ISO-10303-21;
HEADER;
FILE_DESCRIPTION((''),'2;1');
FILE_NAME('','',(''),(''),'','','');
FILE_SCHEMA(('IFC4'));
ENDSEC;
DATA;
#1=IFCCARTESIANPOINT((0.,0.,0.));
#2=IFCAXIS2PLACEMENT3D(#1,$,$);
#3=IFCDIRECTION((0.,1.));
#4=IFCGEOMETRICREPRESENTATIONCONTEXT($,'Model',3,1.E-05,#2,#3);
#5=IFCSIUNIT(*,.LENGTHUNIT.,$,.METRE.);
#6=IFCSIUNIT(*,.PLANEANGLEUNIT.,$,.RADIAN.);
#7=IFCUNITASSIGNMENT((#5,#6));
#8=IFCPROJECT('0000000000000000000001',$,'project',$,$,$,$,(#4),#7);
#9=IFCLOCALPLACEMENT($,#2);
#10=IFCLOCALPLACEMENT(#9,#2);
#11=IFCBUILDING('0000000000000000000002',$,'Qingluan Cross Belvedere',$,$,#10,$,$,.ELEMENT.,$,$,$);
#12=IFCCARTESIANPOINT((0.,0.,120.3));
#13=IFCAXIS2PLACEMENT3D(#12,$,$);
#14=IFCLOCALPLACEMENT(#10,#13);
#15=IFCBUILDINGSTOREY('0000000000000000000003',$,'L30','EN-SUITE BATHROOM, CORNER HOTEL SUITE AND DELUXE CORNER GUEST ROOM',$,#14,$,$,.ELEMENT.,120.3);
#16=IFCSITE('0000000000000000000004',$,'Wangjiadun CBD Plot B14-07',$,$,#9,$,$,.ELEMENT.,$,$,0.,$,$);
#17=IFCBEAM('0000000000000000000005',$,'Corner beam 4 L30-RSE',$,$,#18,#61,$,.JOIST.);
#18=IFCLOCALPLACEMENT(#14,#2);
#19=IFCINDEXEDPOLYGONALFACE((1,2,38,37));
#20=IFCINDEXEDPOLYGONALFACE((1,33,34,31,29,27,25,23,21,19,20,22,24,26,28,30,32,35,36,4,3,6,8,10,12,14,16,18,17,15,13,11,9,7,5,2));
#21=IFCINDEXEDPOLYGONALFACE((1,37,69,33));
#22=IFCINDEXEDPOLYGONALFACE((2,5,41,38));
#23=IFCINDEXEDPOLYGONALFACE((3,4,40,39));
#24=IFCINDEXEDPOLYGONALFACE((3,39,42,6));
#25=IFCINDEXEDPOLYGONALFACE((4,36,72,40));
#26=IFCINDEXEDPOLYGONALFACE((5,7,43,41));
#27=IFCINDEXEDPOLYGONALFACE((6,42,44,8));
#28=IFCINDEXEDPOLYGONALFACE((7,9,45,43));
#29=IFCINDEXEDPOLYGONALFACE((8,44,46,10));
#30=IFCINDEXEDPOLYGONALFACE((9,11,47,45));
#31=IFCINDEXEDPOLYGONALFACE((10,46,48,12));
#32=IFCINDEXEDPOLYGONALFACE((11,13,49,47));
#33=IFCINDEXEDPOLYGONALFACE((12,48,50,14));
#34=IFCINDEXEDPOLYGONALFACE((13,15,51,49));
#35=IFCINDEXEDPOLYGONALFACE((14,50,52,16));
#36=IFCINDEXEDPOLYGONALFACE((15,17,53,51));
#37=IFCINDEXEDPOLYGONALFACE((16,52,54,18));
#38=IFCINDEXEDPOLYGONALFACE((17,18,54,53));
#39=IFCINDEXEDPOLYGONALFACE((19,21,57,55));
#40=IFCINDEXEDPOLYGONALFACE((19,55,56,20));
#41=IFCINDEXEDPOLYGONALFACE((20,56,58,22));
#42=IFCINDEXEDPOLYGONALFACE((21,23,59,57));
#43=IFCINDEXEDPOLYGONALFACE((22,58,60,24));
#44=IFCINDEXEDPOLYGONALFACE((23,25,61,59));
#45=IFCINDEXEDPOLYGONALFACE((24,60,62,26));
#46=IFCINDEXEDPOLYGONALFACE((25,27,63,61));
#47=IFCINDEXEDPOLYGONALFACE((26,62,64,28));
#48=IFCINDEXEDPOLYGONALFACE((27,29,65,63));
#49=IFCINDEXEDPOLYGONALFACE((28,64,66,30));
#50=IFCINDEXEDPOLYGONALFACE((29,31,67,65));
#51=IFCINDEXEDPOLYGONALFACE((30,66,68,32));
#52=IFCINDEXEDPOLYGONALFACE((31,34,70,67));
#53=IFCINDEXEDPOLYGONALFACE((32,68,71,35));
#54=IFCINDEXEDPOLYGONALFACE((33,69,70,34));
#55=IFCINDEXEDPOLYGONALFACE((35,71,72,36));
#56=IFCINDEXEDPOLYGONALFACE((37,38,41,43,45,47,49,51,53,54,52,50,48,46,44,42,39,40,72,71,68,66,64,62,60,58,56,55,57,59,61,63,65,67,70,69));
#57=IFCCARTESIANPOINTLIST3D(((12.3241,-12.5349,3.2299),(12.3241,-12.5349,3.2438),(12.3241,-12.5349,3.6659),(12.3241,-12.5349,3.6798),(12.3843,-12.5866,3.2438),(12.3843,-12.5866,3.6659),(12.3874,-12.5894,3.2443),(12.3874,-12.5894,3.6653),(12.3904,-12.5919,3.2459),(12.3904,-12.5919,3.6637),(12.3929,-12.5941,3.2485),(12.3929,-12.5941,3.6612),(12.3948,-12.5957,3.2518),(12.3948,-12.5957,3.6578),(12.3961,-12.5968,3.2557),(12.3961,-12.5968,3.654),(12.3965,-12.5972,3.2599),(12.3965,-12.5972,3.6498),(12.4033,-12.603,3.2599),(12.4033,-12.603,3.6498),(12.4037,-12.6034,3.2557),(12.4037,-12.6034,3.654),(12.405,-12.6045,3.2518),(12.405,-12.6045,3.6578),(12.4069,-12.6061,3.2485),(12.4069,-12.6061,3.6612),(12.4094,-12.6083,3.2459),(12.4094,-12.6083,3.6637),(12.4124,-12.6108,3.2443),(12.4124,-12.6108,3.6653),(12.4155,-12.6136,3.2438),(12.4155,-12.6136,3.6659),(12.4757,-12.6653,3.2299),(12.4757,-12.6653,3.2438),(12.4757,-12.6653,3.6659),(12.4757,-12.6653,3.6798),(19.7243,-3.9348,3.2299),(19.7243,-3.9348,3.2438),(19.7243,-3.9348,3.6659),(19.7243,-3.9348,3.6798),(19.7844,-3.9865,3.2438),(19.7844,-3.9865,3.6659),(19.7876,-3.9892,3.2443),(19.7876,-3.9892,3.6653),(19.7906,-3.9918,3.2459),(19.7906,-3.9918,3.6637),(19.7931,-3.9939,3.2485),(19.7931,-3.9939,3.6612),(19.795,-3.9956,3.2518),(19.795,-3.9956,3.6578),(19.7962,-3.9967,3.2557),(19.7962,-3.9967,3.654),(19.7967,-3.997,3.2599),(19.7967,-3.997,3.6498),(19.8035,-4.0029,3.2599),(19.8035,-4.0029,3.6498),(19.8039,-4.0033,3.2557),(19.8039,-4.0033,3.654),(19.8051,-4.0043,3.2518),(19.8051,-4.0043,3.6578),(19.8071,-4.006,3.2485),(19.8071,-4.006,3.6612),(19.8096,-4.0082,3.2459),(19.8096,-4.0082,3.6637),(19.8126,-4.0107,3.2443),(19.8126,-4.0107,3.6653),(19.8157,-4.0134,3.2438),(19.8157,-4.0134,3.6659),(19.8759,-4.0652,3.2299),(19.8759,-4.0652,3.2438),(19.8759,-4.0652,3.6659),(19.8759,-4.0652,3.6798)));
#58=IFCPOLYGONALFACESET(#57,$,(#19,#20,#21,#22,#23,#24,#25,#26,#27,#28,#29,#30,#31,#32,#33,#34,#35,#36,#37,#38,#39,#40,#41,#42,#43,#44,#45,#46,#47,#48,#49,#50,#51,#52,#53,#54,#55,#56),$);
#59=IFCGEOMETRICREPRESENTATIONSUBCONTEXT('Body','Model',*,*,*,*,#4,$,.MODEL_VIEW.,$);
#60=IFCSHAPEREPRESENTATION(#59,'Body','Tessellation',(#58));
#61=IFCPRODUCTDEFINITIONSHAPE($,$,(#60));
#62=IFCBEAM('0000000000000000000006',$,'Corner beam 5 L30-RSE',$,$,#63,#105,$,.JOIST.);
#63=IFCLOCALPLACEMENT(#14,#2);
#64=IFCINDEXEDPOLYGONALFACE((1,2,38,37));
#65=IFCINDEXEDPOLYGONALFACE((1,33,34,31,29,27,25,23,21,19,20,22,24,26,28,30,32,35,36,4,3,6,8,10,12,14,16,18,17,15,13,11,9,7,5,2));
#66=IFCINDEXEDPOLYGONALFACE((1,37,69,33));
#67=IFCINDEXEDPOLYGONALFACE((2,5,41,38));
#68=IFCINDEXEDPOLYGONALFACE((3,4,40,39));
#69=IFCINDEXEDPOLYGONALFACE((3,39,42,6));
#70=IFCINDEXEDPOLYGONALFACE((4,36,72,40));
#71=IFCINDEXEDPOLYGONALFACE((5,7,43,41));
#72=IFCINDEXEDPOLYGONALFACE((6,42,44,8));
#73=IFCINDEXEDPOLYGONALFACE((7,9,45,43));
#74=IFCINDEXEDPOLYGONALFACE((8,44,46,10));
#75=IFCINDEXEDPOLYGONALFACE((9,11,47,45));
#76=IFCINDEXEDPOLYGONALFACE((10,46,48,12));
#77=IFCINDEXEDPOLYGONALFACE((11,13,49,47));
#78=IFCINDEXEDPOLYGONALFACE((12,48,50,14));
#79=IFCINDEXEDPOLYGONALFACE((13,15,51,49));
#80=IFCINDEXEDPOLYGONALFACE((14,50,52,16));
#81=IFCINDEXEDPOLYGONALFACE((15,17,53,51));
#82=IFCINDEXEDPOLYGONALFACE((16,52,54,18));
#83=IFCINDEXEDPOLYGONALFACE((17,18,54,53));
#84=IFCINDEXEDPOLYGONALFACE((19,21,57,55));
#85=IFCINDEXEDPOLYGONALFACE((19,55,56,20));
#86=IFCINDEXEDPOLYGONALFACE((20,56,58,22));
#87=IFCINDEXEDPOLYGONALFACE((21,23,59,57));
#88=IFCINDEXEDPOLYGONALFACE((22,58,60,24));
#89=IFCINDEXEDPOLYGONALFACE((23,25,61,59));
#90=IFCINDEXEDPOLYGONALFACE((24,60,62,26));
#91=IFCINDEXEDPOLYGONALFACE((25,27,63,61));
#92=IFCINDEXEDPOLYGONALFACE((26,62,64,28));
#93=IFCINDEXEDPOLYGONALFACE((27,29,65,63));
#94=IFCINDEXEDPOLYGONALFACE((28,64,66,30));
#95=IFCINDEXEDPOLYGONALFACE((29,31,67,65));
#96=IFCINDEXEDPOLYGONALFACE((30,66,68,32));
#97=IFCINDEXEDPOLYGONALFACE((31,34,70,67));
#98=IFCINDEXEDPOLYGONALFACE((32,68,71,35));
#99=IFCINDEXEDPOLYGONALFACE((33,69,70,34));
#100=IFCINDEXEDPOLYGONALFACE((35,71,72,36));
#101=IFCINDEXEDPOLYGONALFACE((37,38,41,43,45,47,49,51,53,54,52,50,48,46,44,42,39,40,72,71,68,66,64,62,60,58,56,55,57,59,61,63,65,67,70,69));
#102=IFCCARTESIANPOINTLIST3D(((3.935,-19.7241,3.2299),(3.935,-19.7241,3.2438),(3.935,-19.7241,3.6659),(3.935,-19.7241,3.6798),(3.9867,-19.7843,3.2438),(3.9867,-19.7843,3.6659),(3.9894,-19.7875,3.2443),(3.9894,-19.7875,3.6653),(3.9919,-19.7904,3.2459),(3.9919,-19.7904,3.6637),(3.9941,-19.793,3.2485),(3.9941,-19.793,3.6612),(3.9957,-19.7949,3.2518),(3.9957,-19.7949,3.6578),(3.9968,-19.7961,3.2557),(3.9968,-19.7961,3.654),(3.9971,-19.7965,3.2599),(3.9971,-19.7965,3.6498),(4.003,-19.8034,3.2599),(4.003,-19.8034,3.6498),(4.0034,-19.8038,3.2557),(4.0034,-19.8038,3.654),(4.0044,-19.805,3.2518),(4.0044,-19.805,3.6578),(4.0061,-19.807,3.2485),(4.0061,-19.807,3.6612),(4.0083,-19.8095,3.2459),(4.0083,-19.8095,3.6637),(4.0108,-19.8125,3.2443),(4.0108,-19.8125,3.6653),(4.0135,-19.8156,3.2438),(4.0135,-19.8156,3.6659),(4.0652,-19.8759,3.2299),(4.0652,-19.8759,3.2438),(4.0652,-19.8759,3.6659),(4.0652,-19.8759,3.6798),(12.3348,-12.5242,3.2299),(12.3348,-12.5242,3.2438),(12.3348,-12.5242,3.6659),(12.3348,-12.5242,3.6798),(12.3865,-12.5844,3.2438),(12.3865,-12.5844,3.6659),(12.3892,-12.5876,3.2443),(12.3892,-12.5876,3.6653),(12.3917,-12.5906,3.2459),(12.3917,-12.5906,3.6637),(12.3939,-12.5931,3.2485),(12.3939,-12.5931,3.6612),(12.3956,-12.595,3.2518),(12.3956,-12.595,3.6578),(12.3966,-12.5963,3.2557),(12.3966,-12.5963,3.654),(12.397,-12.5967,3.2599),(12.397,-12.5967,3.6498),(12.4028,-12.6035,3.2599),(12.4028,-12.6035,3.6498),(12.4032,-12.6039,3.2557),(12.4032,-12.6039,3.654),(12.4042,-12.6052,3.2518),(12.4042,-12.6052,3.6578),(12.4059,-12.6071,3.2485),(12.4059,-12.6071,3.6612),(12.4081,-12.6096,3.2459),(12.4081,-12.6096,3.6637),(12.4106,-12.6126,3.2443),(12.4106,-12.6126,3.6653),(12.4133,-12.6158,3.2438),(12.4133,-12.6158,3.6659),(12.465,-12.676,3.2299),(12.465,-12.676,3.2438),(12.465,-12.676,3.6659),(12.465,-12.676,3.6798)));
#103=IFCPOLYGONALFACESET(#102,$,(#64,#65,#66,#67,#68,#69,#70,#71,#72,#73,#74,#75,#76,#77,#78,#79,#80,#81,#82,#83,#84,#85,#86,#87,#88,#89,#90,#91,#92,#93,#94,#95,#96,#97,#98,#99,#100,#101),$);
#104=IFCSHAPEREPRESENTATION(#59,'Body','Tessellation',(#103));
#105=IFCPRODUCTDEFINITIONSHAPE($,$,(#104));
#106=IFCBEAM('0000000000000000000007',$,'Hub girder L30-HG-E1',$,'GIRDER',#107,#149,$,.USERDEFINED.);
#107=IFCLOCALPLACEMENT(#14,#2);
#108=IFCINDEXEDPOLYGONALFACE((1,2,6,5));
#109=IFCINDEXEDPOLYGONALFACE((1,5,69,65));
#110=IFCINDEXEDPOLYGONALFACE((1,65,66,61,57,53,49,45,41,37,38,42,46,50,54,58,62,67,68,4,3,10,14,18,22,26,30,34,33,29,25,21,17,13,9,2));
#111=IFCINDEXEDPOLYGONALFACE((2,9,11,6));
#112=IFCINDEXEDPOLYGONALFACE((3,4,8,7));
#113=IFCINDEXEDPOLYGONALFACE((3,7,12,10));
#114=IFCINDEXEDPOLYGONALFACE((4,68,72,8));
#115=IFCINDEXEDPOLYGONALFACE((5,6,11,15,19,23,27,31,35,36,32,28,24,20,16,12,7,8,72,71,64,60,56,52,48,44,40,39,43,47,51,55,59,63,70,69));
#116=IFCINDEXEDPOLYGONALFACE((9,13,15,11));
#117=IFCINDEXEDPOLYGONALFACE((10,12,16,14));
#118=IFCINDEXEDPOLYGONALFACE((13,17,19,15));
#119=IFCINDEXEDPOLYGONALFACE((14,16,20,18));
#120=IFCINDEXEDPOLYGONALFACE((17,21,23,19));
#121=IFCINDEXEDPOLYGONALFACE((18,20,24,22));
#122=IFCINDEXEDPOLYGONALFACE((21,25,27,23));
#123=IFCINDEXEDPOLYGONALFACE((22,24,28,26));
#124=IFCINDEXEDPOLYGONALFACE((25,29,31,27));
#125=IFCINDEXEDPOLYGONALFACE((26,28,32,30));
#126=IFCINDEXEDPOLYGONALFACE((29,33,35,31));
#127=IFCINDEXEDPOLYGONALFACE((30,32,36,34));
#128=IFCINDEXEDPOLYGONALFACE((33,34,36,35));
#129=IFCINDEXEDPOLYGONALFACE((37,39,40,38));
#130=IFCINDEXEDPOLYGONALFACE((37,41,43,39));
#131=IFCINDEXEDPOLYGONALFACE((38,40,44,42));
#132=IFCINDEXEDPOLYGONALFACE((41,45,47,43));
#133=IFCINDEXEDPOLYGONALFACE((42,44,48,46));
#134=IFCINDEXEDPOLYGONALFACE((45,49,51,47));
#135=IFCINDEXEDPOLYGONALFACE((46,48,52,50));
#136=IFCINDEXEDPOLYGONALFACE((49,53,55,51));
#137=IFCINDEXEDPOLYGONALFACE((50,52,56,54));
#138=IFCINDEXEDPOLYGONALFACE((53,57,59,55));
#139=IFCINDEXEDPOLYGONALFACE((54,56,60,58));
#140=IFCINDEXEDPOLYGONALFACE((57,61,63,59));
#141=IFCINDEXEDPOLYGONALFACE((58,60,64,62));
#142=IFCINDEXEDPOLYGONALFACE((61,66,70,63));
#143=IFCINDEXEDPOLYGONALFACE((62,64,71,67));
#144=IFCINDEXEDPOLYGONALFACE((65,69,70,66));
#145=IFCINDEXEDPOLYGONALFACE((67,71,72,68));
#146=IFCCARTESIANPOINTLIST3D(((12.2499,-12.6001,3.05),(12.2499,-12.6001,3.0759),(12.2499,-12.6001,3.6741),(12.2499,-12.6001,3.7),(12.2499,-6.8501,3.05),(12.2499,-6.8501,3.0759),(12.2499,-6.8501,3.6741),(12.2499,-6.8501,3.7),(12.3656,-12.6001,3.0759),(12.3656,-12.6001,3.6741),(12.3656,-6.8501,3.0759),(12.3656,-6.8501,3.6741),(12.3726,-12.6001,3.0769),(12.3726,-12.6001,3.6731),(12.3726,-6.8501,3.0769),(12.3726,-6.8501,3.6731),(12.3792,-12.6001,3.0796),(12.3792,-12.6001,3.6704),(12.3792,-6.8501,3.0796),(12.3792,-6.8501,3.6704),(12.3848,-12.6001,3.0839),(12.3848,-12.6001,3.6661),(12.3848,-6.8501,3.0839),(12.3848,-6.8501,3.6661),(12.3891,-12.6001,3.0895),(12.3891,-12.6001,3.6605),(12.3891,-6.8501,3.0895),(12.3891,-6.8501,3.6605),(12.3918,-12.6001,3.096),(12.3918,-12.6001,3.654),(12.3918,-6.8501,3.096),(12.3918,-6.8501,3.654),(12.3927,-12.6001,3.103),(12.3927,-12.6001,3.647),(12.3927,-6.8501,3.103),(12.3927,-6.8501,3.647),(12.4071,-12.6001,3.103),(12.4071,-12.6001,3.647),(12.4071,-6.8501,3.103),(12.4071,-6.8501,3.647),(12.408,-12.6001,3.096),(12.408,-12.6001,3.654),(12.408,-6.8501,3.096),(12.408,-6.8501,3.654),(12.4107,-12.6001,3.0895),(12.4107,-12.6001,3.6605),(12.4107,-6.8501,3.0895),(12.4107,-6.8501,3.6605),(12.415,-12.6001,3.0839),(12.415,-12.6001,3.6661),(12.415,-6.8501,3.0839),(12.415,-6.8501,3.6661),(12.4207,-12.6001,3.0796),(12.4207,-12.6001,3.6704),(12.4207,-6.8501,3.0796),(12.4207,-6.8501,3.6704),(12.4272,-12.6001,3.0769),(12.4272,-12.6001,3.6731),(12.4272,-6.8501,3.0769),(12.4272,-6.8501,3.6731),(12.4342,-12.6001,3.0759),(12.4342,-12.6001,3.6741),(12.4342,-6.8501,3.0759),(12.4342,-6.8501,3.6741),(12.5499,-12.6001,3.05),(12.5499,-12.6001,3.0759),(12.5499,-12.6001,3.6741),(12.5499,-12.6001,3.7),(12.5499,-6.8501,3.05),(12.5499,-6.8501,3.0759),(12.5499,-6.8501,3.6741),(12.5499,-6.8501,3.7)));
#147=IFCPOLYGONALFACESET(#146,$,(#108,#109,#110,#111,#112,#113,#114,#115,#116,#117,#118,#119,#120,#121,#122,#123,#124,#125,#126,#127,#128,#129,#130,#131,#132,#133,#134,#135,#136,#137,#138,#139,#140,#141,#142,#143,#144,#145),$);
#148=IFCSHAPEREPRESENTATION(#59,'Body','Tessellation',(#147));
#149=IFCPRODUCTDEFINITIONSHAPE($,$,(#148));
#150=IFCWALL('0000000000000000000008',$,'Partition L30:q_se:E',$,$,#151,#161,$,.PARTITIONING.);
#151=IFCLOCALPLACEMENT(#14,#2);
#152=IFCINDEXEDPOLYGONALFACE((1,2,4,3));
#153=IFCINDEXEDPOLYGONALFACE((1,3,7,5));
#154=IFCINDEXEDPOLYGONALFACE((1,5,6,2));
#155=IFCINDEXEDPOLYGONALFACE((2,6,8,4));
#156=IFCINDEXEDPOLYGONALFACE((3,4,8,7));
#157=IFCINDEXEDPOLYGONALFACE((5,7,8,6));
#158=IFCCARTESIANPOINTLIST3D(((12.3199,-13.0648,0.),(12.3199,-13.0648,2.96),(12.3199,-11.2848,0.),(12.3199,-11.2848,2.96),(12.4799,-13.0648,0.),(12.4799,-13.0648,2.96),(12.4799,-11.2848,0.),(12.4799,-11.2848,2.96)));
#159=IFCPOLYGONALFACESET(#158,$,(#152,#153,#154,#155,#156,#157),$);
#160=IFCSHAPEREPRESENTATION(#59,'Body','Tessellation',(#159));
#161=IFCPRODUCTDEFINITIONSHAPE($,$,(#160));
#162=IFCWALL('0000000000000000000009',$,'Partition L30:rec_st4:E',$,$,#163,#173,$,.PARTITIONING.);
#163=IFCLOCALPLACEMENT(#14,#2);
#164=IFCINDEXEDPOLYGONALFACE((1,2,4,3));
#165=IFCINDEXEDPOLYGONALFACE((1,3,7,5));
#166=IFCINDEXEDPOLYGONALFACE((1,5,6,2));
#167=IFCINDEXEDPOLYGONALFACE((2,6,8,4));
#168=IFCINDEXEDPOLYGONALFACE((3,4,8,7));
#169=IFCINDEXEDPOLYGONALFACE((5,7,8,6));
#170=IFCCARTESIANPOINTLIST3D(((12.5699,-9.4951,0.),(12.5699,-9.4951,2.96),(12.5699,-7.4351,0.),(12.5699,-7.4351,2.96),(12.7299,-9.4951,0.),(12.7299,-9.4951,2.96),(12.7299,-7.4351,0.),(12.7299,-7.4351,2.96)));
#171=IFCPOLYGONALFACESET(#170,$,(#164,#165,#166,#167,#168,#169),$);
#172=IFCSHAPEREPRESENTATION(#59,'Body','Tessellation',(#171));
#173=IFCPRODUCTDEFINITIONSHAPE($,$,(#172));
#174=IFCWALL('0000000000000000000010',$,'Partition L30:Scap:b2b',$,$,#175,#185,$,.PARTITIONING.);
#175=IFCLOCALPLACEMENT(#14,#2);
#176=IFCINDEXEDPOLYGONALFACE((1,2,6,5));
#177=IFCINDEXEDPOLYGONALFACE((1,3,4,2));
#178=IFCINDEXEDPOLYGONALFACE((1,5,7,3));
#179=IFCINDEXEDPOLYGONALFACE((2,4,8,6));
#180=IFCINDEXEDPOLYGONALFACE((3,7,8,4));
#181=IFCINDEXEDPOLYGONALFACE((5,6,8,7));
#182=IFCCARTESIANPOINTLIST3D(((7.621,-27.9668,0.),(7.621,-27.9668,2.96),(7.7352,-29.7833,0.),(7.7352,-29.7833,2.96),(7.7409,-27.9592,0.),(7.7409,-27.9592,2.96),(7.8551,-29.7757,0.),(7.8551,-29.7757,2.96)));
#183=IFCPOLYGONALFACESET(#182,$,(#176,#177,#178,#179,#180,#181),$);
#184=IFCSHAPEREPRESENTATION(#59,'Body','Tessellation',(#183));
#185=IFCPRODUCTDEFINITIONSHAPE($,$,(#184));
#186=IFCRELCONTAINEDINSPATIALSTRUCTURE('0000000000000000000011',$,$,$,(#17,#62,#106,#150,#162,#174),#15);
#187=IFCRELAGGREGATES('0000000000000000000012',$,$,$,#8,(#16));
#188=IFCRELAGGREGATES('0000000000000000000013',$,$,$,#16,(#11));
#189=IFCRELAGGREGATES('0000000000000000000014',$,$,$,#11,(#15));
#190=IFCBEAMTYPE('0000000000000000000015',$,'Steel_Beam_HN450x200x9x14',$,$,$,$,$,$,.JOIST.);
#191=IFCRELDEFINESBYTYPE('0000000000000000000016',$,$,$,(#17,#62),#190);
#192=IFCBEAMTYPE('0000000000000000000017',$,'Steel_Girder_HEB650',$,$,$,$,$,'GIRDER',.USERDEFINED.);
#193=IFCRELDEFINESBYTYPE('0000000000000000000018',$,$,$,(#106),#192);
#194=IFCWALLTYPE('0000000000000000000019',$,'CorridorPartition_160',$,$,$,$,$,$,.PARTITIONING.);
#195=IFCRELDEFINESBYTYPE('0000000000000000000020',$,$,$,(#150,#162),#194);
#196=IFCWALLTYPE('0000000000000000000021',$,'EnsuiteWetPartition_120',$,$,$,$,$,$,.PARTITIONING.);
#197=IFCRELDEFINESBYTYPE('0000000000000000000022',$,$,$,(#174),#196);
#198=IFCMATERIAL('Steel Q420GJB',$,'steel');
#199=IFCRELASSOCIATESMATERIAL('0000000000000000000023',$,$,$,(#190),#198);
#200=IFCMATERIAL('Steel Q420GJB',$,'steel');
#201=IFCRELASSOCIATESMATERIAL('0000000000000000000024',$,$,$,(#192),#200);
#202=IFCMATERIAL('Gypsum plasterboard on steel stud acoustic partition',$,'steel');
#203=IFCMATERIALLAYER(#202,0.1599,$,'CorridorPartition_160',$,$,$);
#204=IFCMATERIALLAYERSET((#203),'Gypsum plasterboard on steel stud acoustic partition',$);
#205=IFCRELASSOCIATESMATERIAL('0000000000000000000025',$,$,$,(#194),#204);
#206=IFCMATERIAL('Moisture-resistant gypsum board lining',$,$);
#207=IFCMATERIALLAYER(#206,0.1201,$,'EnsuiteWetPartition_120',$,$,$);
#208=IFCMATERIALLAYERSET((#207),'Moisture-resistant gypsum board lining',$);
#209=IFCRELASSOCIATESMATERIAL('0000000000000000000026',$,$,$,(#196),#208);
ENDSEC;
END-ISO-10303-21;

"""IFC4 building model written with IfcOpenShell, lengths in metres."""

from ifc_helpers import new_model, si_unit, direction, frame, frame_2d, origin, origin_2d, place, context, subcontext, project, spatial, rectangle, i_section, extrude, material, layer, layer_set, material_profile, profile_set, type_object, element, save


model = new_model("IFC4")

# Units and contexts
model_context = context("Model", 3, precision=1e-05, world=origin(), true_north=direction((0.0, 1.0)))
body_context = subcontext(model_context, "Body", "Model", "MODEL_VIEW")
ifc_project = project(units=[si_unit("LENGTHUNIT", "METRE"), si_unit("PLANEANGLEUNIT", "RADIAN")], contexts=[model_context])

# Site, building, storey
site_placement = place(None, origin())
site = spatial("IfcSite", under=ifc_project, at=site_placement, Name="Wangjiadun CBD Plot B14-07", CompositionType="ELEMENT", RefElevation=0.0)
building_placement = place(site_placement, origin())
building = spatial("IfcBuilding", under=site, at=building_placement, Name="Qingluan Cross Belvedere", CompositionType="ELEMENT")
storey_placement = place(building_placement, frame((0.0, 0.0, 120.3)))
storey = spatial("IfcBuildingStorey", under=building, at=storey_placement, Name="L30", Description="EN-SUITE BATHROOM, CORNER HOTEL SUITE AND DELUXE CORNER GUEST ROOM", CompositionType="ELEMENT", Elevation=120.3)

# Beams
ifc_material_1 = material(Name="Steel Q420GJB", Category="steel")
ifc_material_profile_1 = material_profile(ifc_material_1, i_section(OverallWidth=0.2, OverallDepth=0.45, WebThickness=0.009, FlangeThickness=0.0139, FilletRadius=0.0161, at=origin_2d()), Name="HN450x200x9x14")
ifc_profile_set_1 = profile_set([ifc_material_profile_1], Name="Steel Q420GJB")
beam_type_1 = type_object("IfcBeamType", Name="Steel_Beam_HN450x200x9x14", PredefinedType="JOIST", material=ifc_profile_set_1)
beam_1_placement = place(storey_placement, frame((12.3999, -12.6001, 3.4548), z_axis=(0.652245, 0.758008, 0.0), x_axis=(-0.758008, 0.652245, 0.0)))
element("IfcBeam", 1, at=beam_1_placement, inside=storey, type_object=beam_type_1, Name="Corner beam 4 L30-RSE", PredefinedType="JOIST", context=body_context, shape_type="SweptSolid", body=[
    extrude(i_section(OverallWidth=0.2, OverallDepth=0.45, WebThickness=0.009, FlangeThickness=0.0139, FilletRadius=0.0161, at=origin_2d()), origin(), (0.0, 0.0, 1.0), 11.3457),
])
beam_2_placement = place(storey_placement, frame((12.3999, -12.6001, 3.4548), z_axis=(-0.759255, -0.650793, 0.0), x_axis=(0.650793, -0.759255, 0.0)))
element("IfcBeam", 2, at=beam_2_placement, inside=storey, type_object=beam_type_1, Name="Corner beam 5 L30-RSE", PredefinedType="JOIST", context=body_context, shape_type="SweptSolid", body=[
    extrude(i_section(OverallWidth=0.2, OverallDepth=0.45, WebThickness=0.009, FlangeThickness=0.0139, FilletRadius=0.0161, at=origin_2d()), origin(), (0.0, 0.0, 1.0), 11.0632),
])
ifc_material_2 = material(Name="Steel Q420GJB", Category="steel")
ifc_material_profile_2 = material_profile(ifc_material_2, i_section(OverallWidth=0.3, OverallDepth=0.6499, WebThickness=0.0144, FlangeThickness=0.0259, FilletRadius=0.0271, at=origin_2d()), Name="HEB650")
ifc_profile_set_2 = profile_set([ifc_material_profile_2], Name="Steel Q420GJB")
beam_type_2 = type_object("IfcBeamType", Name="Steel_Girder_HEB650", ElementType="GIRDER", PredefinedType="USERDEFINED", material=ifc_profile_set_2)
beam_3_placement = place(storey_placement, frame((12.3999, -12.6001, 3.375), z_axis=(0.0, 1.0, 0.0), x_axis=(-1.0, 0.0, 0.0)))
element("IfcBeam", 3, at=beam_3_placement, inside=storey, type_object=beam_type_2, Name="Hub girder L30-HG-E1", ObjectType="GIRDER", PredefinedType="USERDEFINED", context=body_context, shape_type="SweptSolid", body=[
    extrude(i_section(OverallWidth=0.3, OverallDepth=0.6499, WebThickness=0.0144, FlangeThickness=0.0259, FilletRadius=0.0271, at=origin_2d()), origin(), (0.0, 0.0, 1.0), 5.75),
])

# Walls
ifc_material_3 = material(Name="Gypsum plasterboard on steel stud acoustic partition", Category="steel")
ifc_layer_1 = layer(ifc_material_3, 0.1599, Name="CorridorPartition_160")
ifc_layer_set_1 = layer_set([ifc_layer_1], Name="Gypsum plasterboard on steel stud acoustic partition")
wall_type_1 = type_object("IfcWallType", Name="CorridorPartition_160", PredefinedType="PARTITIONING", material=ifc_layer_set_1)
wall_1_placement = place(storey_placement, frame((12.3999, -13.0649, 0.0), z_axis=(0.0, 0.0, 1.0), x_axis=(0.0, 1.0, 0.0)))
element("IfcWall", 4, at=wall_1_placement, inside=storey, type_object=wall_type_1, Name="Partition L30:q_se:E", PredefinedType="PARTITIONING", context=body_context, shape_type="SweptSolid", body=[
    extrude(rectangle(XDim=1.78, YDim=0.1599, at=frame_2d((0.8901, 0.0))), origin(), (0.0, 0.0, 1.0), 2.96),
])
wall_2_placement = place(storey_placement, frame((12.6499, -9.4951, 0.0), z_axis=(0.0, 0.0, 1.0), x_axis=(0.0, 1.0, 0.0)))
element("IfcWall", 5, at=wall_2_placement, inside=storey, type_object=wall_type_1, Name="Partition L30:rec_st4:E", PredefinedType="PARTITIONING", context=body_context, shape_type="SweptSolid", body=[
    extrude(rectangle(XDim=2.0601, YDim=0.1599, at=frame_2d((1.03, 0.0))), origin(), (0.0, 0.0, 1.0), 2.96),
])
ifc_material_4 = material(Name="Moisture-resistant gypsum board lining")
ifc_layer_2 = layer(ifc_material_4, 0.1201, Name="EnsuiteWetPartition_120")
ifc_layer_set_2 = layer_set([ifc_layer_2], Name="Moisture-resistant gypsum board lining")
wall_type_2 = type_object("IfcWallType", Name="EnsuiteWetPartition_120", PredefinedType="PARTITIONING", material=ifc_layer_set_2)
wall_3_placement = place(storey_placement, frame((7.6809, -27.9629, 0.0), z_axis=(0.0, 0.0, 1.0), x_axis=(0.062779, -0.998027, 0.0)))
element("IfcWall", 6, at=wall_3_placement, inside=storey, type_object=wall_type_2, Name="Partition L30:Scap:b2b", PredefinedType="PARTITIONING", context=body_context, shape_type="SweptSolid", body=[
    extrude(rectangle(XDim=1.8201, YDim=0.1201, at=frame_2d((0.9102, 0.0))), origin(), (0.0, 0.0, 1.0), 2.96),
])

save(model, "model.ifc")
